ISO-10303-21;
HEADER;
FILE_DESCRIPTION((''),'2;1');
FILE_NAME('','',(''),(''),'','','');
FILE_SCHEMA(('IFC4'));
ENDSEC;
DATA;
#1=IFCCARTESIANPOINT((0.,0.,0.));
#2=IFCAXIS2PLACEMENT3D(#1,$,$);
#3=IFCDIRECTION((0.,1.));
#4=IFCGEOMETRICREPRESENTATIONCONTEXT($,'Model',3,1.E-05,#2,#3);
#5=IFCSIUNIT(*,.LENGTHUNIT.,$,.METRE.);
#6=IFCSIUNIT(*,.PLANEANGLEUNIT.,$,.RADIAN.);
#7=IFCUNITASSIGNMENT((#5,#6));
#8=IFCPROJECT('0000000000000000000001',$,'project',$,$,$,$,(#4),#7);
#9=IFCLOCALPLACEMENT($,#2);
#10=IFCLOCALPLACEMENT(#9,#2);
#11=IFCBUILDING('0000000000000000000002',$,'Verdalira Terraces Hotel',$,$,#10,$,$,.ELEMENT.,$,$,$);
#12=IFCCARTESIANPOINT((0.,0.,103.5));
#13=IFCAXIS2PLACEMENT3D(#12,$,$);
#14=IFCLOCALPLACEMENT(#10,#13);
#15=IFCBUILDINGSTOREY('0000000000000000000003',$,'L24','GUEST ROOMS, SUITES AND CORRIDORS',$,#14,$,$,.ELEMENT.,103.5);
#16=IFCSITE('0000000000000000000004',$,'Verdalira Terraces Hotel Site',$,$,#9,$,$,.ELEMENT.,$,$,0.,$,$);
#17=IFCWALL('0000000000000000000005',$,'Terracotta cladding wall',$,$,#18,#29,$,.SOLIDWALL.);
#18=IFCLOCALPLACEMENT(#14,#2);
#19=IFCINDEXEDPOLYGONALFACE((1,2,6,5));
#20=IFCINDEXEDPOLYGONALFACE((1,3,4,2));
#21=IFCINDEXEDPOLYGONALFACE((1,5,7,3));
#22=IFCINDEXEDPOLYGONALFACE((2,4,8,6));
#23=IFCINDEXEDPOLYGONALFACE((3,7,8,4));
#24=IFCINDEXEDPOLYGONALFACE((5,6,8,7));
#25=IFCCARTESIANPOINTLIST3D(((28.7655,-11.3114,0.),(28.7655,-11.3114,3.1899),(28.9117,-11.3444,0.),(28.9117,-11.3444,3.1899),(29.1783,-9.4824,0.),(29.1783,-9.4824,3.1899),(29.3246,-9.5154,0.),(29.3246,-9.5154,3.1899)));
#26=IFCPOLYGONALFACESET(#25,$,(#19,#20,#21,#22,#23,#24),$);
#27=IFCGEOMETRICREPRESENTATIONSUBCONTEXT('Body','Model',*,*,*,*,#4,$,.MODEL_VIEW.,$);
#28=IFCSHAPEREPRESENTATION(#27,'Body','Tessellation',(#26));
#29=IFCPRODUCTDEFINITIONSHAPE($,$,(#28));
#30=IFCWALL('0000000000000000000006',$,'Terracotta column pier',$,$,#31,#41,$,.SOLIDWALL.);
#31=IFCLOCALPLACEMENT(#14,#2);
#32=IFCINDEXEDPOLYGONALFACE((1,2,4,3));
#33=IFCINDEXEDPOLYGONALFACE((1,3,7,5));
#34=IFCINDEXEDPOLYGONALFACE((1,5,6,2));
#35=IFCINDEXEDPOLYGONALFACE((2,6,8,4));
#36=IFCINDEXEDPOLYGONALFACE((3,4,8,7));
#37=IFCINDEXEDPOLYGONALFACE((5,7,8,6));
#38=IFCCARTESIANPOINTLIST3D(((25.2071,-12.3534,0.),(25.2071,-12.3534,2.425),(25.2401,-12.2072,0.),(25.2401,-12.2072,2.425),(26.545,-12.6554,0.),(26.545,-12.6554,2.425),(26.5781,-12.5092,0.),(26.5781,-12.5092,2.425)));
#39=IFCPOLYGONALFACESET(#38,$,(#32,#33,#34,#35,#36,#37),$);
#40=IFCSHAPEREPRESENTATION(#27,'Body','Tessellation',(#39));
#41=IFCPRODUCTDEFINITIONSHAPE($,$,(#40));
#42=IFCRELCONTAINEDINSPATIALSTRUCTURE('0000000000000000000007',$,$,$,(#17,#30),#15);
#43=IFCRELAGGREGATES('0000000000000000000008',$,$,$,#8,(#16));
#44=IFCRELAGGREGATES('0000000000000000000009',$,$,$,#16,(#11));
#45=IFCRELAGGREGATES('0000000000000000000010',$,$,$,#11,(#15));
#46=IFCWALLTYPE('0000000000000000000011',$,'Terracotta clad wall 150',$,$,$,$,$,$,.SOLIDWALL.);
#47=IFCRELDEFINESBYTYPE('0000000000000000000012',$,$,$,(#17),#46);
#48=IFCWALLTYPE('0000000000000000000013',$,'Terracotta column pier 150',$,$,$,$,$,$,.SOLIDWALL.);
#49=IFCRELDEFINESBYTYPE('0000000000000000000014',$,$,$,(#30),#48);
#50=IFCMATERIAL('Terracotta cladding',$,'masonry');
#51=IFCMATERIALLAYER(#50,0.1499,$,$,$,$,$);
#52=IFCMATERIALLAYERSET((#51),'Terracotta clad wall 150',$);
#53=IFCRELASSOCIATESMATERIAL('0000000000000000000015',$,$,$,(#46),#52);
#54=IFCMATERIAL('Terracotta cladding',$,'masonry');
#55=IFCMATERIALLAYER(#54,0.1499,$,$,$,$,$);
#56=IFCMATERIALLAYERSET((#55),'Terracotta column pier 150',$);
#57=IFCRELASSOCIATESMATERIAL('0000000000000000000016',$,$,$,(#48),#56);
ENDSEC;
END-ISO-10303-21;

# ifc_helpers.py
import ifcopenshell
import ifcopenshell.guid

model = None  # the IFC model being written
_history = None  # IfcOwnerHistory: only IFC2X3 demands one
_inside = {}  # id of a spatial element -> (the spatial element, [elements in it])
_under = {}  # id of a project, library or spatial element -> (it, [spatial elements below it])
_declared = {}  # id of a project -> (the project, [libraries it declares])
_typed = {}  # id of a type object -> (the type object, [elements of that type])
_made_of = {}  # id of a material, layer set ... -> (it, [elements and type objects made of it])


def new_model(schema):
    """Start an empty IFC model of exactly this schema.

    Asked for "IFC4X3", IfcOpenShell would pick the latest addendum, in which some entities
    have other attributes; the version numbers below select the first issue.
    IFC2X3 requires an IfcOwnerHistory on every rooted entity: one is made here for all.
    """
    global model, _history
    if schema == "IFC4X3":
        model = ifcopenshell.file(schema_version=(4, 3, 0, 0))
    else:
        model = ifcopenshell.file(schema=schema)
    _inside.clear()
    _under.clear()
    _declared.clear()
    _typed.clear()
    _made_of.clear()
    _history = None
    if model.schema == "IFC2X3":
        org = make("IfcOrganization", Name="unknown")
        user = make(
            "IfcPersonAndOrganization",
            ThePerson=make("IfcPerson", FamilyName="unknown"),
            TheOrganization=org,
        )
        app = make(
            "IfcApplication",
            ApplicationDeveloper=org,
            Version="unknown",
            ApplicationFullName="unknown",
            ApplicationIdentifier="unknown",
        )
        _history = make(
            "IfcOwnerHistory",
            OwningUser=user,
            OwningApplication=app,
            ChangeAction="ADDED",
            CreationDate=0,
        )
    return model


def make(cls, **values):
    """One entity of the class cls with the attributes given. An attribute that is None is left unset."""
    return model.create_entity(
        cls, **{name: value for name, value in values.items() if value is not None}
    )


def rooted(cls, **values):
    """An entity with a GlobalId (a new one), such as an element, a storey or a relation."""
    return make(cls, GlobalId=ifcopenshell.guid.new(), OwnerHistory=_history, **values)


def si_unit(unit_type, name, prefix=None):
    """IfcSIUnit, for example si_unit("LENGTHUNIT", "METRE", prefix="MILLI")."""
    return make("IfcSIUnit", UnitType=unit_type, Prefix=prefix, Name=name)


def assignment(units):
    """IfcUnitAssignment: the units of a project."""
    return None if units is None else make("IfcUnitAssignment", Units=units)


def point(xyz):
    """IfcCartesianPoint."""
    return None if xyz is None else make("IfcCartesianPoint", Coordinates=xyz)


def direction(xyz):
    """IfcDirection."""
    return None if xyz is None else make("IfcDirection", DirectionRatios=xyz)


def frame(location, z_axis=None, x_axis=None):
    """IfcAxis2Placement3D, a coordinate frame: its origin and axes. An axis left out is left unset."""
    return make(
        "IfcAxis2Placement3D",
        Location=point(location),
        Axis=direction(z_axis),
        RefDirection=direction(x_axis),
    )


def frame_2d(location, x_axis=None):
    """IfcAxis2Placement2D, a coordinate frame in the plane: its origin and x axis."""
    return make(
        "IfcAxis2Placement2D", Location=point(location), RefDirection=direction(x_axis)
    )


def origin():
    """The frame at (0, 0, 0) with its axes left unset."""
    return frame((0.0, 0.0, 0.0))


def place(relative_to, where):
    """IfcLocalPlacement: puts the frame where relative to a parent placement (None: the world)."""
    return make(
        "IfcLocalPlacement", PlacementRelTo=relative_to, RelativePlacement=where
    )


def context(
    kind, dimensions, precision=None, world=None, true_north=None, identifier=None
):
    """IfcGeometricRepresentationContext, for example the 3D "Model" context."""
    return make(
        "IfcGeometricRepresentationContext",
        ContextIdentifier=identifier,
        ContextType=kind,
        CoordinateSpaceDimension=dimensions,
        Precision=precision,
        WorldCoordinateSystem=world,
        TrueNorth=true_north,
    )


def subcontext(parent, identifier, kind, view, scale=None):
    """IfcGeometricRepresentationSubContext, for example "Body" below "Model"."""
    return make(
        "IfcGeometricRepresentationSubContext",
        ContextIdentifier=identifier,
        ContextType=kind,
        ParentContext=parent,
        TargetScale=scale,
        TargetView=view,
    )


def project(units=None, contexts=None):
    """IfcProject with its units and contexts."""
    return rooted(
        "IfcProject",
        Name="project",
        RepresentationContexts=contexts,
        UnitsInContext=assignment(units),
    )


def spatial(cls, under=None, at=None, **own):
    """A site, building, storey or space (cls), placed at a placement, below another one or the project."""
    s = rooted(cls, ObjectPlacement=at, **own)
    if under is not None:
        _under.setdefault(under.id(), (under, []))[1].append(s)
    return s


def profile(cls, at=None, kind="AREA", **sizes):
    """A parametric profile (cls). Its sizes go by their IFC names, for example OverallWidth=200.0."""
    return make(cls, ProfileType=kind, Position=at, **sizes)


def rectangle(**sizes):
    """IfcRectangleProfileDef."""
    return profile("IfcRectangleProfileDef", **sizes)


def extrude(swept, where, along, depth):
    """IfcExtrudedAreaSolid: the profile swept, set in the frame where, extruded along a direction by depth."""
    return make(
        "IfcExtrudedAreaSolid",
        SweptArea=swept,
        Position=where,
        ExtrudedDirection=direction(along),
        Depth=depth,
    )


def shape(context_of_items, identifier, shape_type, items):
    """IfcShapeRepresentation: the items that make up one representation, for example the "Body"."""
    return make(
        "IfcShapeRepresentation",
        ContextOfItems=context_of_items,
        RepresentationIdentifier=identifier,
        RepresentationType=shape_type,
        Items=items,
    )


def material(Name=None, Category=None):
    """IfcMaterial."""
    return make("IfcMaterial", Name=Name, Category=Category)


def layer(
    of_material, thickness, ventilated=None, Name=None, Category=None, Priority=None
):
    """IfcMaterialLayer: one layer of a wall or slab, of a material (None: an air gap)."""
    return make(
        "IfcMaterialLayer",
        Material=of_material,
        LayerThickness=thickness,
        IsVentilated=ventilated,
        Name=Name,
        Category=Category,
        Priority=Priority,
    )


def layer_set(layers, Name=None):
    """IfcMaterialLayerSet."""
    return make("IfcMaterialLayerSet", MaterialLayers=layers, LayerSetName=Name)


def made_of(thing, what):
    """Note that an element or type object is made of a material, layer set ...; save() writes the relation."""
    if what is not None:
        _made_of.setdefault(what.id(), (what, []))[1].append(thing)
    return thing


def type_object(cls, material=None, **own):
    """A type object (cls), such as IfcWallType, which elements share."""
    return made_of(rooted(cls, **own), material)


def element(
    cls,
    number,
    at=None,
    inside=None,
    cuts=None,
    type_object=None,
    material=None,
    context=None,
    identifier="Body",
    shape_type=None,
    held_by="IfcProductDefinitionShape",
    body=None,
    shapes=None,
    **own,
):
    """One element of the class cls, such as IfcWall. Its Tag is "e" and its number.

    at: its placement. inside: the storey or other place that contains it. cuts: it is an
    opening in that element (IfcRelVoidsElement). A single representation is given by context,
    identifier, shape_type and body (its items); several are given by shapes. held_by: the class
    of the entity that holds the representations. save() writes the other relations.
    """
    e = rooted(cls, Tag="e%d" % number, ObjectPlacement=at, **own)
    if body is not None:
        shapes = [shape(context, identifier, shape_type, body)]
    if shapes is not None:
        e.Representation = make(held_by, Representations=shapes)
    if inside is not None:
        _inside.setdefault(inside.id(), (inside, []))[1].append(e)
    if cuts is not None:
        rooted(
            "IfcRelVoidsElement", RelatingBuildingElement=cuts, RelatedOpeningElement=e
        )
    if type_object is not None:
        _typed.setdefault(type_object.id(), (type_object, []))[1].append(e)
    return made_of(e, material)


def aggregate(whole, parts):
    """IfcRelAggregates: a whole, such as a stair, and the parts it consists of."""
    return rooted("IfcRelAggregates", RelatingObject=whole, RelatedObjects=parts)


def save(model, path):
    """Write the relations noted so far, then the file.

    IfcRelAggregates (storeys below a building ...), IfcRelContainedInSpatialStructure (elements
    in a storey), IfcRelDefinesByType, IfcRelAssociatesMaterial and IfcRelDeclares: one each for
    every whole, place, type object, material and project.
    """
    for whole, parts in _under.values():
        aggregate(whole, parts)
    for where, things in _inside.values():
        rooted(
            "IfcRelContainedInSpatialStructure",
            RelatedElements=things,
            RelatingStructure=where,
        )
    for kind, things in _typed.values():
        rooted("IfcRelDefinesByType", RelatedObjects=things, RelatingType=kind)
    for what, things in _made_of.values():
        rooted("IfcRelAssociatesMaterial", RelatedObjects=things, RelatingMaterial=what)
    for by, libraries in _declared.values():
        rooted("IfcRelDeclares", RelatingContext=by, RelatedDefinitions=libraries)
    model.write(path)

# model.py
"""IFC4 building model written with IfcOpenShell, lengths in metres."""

from ifc_helpers import new_model, si_unit, direction, frame, frame_2d, origin, place, context, subcontext, project, spatial, rectangle, extrude, material, layer, layer_set, type_object, element, save


model = new_model("IFC4")

# Units and contexts
model_context = context("Model", 3, precision=1e-05, world=origin(), true_north=direction((0.0, 1.0)))
body_context = subcontext(model_context, "Body", "Model", "MODEL_VIEW")
ifc_project = project(units=[si_unit("LENGTHUNIT", "METRE"), si_unit("PLANEANGLEUNIT", "RADIAN")], contexts=[model_context])

# Site, building, storey
site_placement = place(None, origin())
site = spatial("IfcSite", under=ifc_project, at=site_placement, Name="Verdalira Terraces Hotel Site", CompositionType="ELEMENT", RefElevation=0.0)
building_placement = place(site_placement, origin())
building = spatial("IfcBuilding", under=site, at=building_placement, Name="Verdalira Terraces Hotel", CompositionType="ELEMENT")
storey_placement = place(building_placement, frame((0.0, 0.0, 103.5)))
storey = spatial("IfcBuildingStorey", under=building, at=storey_placement, Name="L24", Description="GUEST ROOMS, SUITES AND CORRIDORS", CompositionType="ELEMENT", Elevation=103.5)

# Walls
ifc_material_1 = material(Name="Terracotta cladding", Category="masonry")
ifc_layer_1 = layer(ifc_material_1, 0.1499)
ifc_layer_set_1 = layer_set([ifc_layer_1], Name="Terracotta clad wall 150")
wall_type_1 = type_object("IfcWallType", Name="Terracotta clad wall 150", PredefinedType="SOLIDWALL", material=ifc_layer_set_1)
wall_1_placement = place(storey_placement, frame((28.8386, -11.3279, 0.0), z_axis=(0.0, 0.0, 1.0), x_axis=(0.220169, 0.975462, 0.0)))
element("IfcWall", 1, at=wall_1_placement, inside=storey, type_object=wall_type_1, Name="Terracotta cladding wall", PredefinedType="SOLIDWALL", context=body_context, shape_type="SweptSolid", body=[
    extrude(rectangle(XDim=1.875, YDim=0.1499, at=frame_2d((0.9375, 0.0))), origin(), (0.0, 0.0, 1.0), 3.1899),
])
ifc_material_2 = material(Name="Terracotta cladding", Category="masonry")
ifc_layer_2 = layer(ifc_material_2, 0.1499)
ifc_layer_set_2 = layer_set([ifc_layer_2], Name="Terracotta column pier 150")
wall_type_2 = type_object("IfcWallType", Name="Terracotta column pier 150", PredefinedType="SOLIDWALL", material=ifc_layer_set_2)
wall_2_placement = place(storey_placement, frame((25.2236, -12.2803, 0.0), z_axis=(0.0, 0.0, 1.0), x_axis=(0.975457, -0.22019, 0.0)))
element("IfcWall", 2, at=wall_2_placement, inside=storey, type_object=wall_type_2, Name="Terracotta column pier", PredefinedType="SOLIDWALL", context=body_context, shape_type="SweptSolid", body=[
    extrude(rectangle(XDim=1.3716, YDim=0.1499, at=frame_2d((0.6858, 0.0))), origin(), (0.0, 0.0, 1.0), 2.425),
])

save(model, "model.ifc")
